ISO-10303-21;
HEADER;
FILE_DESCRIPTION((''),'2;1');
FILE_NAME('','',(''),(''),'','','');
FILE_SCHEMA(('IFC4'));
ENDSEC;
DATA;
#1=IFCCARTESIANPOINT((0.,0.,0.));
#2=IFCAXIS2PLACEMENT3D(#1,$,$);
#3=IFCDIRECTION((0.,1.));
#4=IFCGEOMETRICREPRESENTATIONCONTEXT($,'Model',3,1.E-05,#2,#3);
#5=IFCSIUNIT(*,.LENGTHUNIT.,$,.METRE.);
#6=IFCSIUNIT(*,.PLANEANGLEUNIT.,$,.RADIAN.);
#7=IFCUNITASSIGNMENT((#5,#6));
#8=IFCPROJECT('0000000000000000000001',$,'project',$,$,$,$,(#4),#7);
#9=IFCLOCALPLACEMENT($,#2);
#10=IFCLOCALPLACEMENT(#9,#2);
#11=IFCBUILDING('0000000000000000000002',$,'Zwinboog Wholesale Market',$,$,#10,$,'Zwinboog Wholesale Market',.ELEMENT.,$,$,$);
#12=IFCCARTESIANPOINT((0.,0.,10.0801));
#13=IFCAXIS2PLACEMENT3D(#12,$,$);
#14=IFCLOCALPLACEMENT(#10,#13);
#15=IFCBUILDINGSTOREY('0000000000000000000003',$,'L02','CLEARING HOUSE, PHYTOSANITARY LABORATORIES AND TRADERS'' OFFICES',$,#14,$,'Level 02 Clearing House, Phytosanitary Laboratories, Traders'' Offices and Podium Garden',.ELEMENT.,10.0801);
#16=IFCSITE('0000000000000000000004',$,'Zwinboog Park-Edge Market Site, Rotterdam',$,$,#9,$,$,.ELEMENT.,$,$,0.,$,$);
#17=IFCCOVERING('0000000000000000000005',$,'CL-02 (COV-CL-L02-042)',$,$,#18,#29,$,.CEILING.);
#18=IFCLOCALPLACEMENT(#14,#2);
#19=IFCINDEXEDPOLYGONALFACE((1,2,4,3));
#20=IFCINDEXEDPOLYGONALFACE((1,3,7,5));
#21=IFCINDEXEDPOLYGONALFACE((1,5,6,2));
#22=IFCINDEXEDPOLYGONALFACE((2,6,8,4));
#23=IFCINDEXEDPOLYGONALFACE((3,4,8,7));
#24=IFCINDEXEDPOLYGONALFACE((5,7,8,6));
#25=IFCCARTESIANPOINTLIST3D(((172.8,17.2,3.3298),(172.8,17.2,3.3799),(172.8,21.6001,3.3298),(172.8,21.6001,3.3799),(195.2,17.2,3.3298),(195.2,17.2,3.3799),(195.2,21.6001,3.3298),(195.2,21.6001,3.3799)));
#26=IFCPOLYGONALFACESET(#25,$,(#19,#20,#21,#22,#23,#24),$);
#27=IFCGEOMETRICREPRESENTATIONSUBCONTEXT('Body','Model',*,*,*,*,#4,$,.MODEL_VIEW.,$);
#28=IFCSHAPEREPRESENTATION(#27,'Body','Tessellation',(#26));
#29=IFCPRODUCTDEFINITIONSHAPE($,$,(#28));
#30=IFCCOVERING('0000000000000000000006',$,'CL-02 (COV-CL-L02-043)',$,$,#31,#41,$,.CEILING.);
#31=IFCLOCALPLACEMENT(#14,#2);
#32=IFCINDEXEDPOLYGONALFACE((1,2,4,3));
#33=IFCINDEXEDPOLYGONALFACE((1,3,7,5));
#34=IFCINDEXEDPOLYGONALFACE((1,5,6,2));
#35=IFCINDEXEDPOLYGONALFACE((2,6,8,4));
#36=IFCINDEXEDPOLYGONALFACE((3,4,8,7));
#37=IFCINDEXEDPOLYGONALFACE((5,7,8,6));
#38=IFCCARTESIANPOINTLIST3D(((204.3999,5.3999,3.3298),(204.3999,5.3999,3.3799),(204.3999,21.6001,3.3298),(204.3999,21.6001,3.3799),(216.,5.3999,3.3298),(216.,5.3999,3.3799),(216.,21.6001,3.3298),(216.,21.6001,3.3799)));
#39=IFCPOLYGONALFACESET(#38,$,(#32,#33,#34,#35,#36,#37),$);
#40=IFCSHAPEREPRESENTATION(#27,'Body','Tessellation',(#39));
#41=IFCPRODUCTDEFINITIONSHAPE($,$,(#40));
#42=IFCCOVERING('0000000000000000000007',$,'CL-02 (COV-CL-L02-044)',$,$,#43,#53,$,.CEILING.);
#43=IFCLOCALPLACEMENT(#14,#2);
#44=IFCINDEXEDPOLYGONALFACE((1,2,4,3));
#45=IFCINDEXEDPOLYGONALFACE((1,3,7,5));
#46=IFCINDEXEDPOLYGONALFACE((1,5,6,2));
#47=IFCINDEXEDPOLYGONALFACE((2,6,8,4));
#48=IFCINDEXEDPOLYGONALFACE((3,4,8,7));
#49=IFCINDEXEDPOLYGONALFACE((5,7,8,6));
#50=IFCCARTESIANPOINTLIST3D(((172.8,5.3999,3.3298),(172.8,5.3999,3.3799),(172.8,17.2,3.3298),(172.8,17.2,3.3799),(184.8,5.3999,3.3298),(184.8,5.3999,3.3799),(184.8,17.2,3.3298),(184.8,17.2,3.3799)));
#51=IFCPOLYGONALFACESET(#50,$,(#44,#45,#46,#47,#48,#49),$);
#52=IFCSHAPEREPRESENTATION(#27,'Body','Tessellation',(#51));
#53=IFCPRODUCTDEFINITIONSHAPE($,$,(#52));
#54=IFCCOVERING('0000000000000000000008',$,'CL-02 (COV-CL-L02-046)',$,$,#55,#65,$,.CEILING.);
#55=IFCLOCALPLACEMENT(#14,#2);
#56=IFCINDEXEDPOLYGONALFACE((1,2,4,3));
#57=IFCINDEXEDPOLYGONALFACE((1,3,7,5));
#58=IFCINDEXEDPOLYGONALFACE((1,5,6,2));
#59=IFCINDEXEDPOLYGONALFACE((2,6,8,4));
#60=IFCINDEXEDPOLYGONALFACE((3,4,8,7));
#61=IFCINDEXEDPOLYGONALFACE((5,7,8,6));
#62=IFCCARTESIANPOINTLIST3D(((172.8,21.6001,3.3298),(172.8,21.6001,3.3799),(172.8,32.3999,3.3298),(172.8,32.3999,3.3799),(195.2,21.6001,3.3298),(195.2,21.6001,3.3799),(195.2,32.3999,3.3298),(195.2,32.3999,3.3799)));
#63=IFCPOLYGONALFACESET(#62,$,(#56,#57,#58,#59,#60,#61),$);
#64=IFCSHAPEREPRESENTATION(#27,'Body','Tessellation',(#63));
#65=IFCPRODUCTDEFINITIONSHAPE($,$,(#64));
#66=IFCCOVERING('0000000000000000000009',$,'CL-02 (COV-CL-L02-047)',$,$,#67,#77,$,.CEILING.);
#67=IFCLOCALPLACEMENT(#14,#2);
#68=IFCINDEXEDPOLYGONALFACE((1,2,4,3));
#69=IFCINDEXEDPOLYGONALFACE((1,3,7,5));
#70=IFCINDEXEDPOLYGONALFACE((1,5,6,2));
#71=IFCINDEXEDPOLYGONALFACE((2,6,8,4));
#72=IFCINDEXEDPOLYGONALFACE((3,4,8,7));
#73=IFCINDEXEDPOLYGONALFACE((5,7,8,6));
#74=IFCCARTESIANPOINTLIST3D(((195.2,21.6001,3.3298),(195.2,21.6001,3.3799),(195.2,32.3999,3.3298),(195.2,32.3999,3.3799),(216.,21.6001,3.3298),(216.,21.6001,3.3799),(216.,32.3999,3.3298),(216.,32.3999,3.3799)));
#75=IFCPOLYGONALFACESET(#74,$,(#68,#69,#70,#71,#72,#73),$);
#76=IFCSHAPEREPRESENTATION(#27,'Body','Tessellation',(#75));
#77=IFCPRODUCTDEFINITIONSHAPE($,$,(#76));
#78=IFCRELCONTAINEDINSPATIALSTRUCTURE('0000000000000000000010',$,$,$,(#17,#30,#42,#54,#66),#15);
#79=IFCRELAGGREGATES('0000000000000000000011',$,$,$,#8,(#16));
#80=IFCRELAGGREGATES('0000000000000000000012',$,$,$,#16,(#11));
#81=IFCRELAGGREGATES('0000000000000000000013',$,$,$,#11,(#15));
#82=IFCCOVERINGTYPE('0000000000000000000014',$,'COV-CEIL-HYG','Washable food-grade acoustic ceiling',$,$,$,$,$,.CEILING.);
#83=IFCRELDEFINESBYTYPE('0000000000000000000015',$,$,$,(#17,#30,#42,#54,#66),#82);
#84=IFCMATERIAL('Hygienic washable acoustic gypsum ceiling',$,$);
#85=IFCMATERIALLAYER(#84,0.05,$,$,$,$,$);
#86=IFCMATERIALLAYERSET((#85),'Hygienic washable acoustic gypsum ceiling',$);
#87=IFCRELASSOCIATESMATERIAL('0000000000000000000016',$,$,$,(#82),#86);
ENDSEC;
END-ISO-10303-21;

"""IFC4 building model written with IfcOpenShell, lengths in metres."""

from ifc_helpers import new_model, si_unit, direction, frame, origin, place, context, subcontext, project, spatial, polyline, outline, extrude, material, layer, layer_set, type_object, element, save


model = new_model("IFC4")

# Units and contexts
model_context = context("Model", 3, precision=1e-05, world=origin(), true_north=direction((0.0, 1.0)))
body_context = subcontext(model_context, "Body", "Model", "MODEL_VIEW")
ifc_project = project(units=[si_unit("LENGTHUNIT", "METRE"), si_unit("PLANEANGLEUNIT", "RADIAN")], contexts=[model_context])

# Site, building, storey
site_placement = place(None, origin())
site = spatial("IfcSite", under=ifc_project, at=site_placement, Name="Zwinboog Park-Edge Market Site, Rotterdam", CompositionType="ELEMENT", RefElevation=0.0)
building_placement = place(site_placement, origin())
building = spatial("IfcBuilding", under=site, at=building_placement, Name="Zwinboog Wholesale Market", LongName="Zwinboog Wholesale Market", CompositionType="ELEMENT")
storey_placement = place(building_placement, frame((0.0, 0.0, 10.0801)))
storey = spatial("IfcBuildingStorey", under=building, at=storey_placement, Name="L02", Description="CLEARING HOUSE, PHYTOSANITARY LABORATORIES AND TRADERS' OFFICES", LongName="Level 02 Clearing House, Phytosanitary Laboratories, Traders' Offices and Podium Garden", CompositionType="ELEMENT", Elevation=10.0801)

# Coverings
ifc_material_1 = material(Name="Hygienic washable acoustic gypsum ceiling")
ifc_layer_1 = layer(ifc_material_1, 0.05)
ifc_layer_set_1 = layer_set([ifc_layer_1], Name="Hygienic washable acoustic gypsum ceiling")
covering_type_1 = type_object("IfcCoveringType", Name="COV-CEIL-HYG", Description="Washable food-grade acoustic ceiling", PredefinedType="CEILING", material=ifc_layer_set_1)
covering_1_placement = place(storey_placement, frame((0.0, 0.0, 3.3298)))
element("IfcCovering", 1, at=covering_1_placement, inside=storey, type_object=covering_type_1, Name="CL-02 (COV-CL-L02-042)", PredefinedType="CEILING", context=body_context, shape_type="SweptSolid", body=[
    extrude(outline(polyline([(172.8, 17.2), (195.2, 17.2), (195.2, 21.6001), (172.8, 21.6001), (172.8, 17.2)])), origin(), (0.0, 0.0, 1.0), 0.05),
])
covering_2_placement = place(storey_placement, frame((0.0, 0.0, 3.3298)))
element("IfcCovering", 2, at=covering_2_placement, inside=storey, type_object=covering_type_1, Name="CL-02 (COV-CL-L02-043)", PredefinedType="CEILING", context=body_context, shape_type="SweptSolid", body=[
    extrude(outline(polyline([(204.3999, 5.3999), (216.0, 5.3999), (216.0, 21.6001), (204.3999, 21.6001), (204.3999, 5.3999)])), origin(), (0.0, 0.0, 1.0), 0.05),
])
covering_3_placement = place(storey_placement, frame((0.0, 0.0, 3.3298)))
element("IfcCovering", 3, at=covering_3_placement, inside=storey, type_object=covering_type_1, Name="CL-02 (COV-CL-L02-044)", PredefinedType="CEILING", context=body_context, shape_type="SweptSolid", body=[
    extrude(outline(polyline([(172.8, 5.3999), (184.8, 5.3999), (184.8, 17.2), (172.8, 17.2), (172.8, 5.3999)])), origin(), (0.0, 0.0, 1.0), 0.05),
])
covering_4_placement = place(storey_placement, frame((0.0, 0.0, 3.3298)))
element("IfcCovering", 4, at=covering_4_placement, inside=storey, type_object=covering_type_1, Name="CL-02 (COV-CL-L02-046)", PredefinedType="CEILING", context=body_context, shape_type="SweptSolid", body=[
    extrude(outline(polyline([(172.8, 21.6001), (195.2, 21.6001), (195.2, 32.3999), (172.8, 32.3999), (172.8, 21.6001)])), origin(), (0.0, 0.0, 1.0), 0.05),
])
covering_5_placement = place(storey_placement, frame((0.0, 0.0, 3.3298)))
element("IfcCovering", 5, at=covering_5_placement, inside=storey, type_object=covering_type_1, Name="CL-02 (COV-CL-L02-047)", PredefinedType="CEILING", context=body_context, shape_type="SweptSolid", body=[
    extrude(outline(polyline([(195.2, 21.6001), (216.0, 21.6001), (216.0, 32.3999), (195.2, 32.3999), (195.2, 21.6001)])), origin(), (0.0, 0.0, 1.0), 0.05),
])

save(model, "model.ifc")
